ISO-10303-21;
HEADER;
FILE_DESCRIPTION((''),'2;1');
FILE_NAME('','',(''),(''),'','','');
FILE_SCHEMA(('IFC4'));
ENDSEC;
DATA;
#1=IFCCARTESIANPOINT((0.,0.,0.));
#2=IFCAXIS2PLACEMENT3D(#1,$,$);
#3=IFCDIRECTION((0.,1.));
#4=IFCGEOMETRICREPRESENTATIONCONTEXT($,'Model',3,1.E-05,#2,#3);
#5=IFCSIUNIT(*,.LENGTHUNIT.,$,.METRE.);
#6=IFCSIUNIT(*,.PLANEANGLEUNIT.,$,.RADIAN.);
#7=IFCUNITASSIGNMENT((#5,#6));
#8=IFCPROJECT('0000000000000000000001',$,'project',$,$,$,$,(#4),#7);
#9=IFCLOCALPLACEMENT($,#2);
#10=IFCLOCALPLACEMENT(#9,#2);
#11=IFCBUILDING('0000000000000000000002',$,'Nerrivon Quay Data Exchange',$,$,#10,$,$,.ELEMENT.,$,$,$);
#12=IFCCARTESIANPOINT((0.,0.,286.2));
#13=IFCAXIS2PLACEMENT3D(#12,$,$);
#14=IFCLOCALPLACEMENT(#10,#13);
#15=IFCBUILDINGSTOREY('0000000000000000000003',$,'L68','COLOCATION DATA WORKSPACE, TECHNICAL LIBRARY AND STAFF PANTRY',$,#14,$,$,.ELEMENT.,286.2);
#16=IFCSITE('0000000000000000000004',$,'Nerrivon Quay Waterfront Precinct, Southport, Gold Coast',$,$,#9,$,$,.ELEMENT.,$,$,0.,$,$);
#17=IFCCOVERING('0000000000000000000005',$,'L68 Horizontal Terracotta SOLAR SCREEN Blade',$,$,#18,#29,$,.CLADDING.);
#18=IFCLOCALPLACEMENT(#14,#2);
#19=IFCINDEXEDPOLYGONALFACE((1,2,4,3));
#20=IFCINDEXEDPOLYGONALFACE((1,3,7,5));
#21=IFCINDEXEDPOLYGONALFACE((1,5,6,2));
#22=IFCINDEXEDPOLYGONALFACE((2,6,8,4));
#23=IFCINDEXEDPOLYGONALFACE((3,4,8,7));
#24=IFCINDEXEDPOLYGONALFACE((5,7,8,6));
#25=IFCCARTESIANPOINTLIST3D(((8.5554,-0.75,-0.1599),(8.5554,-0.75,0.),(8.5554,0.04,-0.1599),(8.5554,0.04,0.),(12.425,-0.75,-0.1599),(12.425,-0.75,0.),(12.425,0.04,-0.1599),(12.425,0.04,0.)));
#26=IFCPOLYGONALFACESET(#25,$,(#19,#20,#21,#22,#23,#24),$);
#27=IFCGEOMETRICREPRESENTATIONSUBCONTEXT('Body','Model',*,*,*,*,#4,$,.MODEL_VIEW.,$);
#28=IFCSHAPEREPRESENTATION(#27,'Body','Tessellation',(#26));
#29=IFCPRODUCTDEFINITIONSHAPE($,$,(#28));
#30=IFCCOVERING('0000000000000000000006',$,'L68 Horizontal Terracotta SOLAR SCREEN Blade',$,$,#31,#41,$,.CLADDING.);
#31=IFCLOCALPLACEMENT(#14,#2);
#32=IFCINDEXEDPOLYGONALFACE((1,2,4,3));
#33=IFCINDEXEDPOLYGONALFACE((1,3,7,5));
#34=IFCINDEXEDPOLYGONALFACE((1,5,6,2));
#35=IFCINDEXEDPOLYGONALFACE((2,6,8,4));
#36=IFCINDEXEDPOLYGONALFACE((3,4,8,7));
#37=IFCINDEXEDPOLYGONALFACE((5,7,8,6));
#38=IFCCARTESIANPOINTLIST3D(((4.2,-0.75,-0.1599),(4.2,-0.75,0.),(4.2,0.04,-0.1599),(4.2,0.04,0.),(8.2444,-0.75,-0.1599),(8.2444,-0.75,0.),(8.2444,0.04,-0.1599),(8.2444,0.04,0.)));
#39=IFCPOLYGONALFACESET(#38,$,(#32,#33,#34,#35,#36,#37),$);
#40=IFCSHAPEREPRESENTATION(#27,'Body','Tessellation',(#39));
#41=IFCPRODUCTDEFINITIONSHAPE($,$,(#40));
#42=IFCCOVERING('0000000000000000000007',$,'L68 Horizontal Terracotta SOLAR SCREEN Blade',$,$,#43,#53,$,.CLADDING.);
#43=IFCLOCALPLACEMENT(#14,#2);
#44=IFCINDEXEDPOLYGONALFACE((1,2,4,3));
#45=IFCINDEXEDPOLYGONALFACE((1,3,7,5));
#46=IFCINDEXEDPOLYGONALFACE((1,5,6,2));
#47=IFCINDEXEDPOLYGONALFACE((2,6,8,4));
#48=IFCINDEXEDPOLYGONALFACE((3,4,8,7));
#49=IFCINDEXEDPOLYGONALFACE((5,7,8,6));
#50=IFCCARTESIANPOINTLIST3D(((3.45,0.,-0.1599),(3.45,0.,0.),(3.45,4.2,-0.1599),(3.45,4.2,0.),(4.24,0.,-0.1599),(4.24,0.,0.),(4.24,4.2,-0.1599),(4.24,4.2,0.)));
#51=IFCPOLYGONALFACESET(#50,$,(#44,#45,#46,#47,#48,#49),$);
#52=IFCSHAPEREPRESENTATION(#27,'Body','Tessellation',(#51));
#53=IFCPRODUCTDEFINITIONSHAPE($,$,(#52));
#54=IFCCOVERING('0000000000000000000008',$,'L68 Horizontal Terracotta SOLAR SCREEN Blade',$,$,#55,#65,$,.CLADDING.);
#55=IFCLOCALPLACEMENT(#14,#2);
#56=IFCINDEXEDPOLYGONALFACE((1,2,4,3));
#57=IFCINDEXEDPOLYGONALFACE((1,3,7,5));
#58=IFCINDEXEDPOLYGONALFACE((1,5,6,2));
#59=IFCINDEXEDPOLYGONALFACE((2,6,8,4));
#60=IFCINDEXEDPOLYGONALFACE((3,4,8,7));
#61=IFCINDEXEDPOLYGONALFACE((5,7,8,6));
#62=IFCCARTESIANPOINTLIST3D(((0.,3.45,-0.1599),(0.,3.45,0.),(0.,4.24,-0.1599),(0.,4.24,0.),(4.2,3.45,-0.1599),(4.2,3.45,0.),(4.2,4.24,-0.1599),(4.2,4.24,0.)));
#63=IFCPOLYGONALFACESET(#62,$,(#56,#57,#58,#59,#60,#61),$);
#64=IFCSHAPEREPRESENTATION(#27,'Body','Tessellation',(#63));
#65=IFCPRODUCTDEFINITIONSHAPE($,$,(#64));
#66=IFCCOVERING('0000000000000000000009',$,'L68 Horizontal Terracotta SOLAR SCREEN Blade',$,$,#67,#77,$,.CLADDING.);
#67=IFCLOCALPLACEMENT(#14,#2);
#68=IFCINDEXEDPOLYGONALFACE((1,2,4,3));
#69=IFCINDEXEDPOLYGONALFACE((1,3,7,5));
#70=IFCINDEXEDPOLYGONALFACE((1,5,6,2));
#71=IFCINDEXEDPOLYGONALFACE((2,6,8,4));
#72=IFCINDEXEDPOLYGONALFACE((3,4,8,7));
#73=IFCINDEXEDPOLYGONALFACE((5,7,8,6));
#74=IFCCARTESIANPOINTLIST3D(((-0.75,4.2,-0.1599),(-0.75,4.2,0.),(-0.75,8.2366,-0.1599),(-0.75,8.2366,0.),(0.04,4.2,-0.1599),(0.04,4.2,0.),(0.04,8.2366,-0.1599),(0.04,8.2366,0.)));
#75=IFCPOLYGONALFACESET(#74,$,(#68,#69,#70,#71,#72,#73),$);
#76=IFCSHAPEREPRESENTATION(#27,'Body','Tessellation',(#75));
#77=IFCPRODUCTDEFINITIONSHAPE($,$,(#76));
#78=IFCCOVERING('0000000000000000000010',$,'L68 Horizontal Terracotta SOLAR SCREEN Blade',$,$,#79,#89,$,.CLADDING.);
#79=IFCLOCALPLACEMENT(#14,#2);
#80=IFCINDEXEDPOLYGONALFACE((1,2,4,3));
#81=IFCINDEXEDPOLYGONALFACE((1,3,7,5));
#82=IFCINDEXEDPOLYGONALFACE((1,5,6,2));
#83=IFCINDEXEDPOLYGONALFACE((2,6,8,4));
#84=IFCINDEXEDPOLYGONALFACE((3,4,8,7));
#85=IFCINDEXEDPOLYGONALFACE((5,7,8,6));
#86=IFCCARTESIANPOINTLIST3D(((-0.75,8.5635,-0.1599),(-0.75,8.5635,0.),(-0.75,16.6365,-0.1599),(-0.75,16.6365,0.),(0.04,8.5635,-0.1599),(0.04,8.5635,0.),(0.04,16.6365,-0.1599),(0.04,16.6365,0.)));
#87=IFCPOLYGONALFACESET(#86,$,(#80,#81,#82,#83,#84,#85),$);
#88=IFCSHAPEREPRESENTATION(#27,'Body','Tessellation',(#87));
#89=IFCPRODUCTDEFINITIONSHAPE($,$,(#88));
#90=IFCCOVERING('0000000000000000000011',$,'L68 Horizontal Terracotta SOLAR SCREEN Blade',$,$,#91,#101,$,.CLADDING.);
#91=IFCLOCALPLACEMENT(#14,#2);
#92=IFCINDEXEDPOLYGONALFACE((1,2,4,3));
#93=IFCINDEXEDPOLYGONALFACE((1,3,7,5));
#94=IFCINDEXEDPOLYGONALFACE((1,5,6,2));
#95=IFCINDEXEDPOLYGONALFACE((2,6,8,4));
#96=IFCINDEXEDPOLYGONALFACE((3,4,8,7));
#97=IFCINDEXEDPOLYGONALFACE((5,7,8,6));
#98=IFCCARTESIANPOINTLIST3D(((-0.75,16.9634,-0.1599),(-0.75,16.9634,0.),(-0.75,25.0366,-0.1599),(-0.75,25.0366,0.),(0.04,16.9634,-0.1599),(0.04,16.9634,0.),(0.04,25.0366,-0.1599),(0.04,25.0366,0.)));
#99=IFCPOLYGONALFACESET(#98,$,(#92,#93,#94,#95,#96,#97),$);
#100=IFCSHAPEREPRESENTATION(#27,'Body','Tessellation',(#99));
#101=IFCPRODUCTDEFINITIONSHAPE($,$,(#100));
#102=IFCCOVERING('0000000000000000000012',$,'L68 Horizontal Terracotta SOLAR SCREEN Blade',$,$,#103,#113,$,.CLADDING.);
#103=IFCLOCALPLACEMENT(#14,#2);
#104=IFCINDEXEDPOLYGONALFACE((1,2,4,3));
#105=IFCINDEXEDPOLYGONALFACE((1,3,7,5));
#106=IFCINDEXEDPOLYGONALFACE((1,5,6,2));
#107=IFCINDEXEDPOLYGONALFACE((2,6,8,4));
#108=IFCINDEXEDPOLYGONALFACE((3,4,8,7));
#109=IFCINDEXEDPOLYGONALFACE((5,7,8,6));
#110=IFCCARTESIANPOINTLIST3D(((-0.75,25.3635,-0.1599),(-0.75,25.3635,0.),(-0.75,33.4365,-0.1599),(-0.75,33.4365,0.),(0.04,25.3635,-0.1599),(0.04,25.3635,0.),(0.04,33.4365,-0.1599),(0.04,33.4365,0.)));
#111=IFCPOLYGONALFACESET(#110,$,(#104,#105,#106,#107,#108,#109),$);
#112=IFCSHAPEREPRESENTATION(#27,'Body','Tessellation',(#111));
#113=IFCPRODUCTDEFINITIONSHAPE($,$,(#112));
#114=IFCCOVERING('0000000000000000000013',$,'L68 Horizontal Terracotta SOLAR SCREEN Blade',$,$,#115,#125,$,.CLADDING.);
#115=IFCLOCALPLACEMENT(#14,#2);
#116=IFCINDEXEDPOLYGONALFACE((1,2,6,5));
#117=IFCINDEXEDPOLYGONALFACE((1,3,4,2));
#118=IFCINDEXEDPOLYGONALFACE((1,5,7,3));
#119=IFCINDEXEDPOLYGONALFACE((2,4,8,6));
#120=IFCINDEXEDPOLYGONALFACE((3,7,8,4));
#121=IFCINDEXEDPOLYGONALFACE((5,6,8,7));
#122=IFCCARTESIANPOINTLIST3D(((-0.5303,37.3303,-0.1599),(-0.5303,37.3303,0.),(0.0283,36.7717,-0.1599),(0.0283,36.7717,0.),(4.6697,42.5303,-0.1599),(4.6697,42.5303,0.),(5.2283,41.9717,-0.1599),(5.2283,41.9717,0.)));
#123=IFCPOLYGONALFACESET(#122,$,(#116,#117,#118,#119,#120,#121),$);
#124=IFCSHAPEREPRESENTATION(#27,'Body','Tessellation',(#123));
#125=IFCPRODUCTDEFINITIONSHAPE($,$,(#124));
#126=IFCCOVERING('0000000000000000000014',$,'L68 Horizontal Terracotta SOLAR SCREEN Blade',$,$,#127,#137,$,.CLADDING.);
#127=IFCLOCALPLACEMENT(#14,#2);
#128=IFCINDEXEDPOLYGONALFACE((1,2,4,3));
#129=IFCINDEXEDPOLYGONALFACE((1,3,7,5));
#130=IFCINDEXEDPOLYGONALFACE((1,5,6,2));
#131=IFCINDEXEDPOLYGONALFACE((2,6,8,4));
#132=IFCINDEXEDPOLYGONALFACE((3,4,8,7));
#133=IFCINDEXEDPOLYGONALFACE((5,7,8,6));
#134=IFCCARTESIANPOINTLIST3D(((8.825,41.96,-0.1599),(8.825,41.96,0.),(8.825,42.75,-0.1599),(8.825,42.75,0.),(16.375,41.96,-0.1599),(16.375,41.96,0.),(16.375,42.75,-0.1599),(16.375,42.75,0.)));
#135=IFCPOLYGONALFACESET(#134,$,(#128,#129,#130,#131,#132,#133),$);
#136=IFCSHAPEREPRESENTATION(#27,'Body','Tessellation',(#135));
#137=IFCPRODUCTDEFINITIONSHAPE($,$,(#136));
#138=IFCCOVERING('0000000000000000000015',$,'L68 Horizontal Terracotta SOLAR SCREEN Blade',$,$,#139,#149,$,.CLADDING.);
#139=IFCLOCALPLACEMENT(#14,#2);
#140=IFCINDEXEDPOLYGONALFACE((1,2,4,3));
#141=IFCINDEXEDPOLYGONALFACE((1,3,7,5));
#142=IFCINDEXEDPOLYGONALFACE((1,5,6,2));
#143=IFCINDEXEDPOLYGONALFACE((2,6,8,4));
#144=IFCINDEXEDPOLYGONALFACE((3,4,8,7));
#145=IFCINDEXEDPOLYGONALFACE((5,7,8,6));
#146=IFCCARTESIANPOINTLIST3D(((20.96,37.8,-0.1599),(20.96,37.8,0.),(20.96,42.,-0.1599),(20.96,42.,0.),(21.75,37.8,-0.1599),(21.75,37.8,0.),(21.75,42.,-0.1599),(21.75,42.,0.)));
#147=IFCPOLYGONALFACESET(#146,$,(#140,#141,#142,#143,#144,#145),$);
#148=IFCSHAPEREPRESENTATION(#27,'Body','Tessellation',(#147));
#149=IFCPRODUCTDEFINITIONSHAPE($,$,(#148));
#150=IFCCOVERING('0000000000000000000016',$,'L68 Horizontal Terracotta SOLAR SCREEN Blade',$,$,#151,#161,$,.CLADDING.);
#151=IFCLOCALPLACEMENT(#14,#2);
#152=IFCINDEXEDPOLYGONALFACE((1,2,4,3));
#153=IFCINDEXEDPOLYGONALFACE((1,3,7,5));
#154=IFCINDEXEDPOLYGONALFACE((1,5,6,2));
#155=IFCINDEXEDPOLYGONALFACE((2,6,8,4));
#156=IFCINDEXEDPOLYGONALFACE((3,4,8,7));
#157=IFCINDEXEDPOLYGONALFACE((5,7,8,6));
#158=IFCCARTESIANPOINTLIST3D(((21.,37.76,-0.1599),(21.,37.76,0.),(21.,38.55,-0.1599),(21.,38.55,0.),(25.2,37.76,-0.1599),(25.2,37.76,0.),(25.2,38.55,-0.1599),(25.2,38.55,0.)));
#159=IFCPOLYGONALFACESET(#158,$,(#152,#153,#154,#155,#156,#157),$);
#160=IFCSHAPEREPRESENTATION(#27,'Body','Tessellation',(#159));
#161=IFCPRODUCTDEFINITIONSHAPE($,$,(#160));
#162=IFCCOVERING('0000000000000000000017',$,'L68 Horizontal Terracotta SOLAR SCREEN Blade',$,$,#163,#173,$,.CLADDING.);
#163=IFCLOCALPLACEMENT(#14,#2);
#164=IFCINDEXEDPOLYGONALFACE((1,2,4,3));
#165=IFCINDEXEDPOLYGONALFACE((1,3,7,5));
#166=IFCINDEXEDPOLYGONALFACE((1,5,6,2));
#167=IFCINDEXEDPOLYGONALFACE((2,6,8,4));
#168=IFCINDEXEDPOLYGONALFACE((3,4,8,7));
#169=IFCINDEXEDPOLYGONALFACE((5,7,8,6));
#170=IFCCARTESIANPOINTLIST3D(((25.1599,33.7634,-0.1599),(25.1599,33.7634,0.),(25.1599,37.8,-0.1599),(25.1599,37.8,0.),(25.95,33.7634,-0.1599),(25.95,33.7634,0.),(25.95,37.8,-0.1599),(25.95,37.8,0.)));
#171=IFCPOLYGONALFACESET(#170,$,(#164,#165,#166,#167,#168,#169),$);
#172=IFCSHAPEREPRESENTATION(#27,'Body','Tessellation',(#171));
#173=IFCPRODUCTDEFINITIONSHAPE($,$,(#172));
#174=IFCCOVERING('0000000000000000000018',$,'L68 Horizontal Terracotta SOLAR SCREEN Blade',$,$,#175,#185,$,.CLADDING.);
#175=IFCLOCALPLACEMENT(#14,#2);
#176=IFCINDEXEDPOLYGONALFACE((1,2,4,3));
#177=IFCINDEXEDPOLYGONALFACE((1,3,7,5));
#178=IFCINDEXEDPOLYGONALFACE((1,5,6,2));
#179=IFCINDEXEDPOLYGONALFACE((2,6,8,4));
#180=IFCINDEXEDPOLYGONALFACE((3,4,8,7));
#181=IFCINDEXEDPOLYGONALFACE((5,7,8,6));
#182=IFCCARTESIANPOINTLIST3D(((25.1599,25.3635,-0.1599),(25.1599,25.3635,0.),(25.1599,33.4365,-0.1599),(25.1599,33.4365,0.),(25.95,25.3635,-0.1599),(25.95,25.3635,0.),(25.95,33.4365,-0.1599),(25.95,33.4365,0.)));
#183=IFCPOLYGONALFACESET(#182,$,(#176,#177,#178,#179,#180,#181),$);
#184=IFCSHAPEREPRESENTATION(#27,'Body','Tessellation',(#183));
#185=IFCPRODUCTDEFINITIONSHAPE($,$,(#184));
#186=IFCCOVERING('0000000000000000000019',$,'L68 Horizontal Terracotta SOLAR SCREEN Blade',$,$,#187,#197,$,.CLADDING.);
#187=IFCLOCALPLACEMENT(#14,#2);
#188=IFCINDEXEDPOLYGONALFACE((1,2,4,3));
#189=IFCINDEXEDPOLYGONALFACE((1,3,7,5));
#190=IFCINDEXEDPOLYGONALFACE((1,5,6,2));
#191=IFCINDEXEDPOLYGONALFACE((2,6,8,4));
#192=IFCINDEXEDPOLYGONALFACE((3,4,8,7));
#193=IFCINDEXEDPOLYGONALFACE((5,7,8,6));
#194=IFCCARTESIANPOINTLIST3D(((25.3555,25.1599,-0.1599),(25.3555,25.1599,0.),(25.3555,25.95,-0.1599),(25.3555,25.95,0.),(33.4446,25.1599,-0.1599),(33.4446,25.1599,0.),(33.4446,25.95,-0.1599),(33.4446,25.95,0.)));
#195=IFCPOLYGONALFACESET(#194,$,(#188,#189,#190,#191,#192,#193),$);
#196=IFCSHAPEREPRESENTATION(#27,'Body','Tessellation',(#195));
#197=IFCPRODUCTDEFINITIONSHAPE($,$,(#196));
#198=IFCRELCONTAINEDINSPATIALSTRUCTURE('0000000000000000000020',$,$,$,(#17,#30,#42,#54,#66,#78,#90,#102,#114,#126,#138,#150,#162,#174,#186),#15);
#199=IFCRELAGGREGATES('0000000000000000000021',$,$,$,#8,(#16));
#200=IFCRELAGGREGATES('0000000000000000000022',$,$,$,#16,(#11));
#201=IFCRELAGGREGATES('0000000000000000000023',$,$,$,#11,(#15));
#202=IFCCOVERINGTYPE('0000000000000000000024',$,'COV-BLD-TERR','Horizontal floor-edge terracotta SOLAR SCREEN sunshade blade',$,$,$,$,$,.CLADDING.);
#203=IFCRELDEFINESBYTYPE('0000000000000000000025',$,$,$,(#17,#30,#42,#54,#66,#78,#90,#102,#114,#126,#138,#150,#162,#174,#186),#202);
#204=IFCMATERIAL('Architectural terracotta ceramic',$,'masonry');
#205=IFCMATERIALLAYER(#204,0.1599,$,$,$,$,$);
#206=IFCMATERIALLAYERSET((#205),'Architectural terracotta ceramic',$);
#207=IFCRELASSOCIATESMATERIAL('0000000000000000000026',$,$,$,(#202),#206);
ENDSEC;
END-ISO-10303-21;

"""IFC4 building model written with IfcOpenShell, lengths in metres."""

from ifc_helpers import new_model, si_unit, direction, frame, origin, place, context, subcontext, project, spatial, polyline, outline, extrude, material, layer, layer_set, type_object, element, save


model = new_model("IFC4")

# Units and contexts
model_context = context("Model", 3, precision=1e-05, world=origin(), true_north=direction((0.0, 1.0)))
body_context = subcontext(model_context, "Body", "Model", "MODEL_VIEW")
ifc_project = project(units=[si_unit("LENGTHUNIT", "METRE"), si_unit("PLANEANGLEUNIT", "RADIAN")], contexts=[model_context])

# Site, building, storey
site_placement = place(None, origin())
site = spatial("IfcSite", under=ifc_project, at=site_placement, Name="Nerrivon Quay Waterfront Precinct, Southport, Gold Coast", CompositionType="ELEMENT", RefElevation=0.0)
building_placement = place(site_placement, origin())
building = spatial("IfcBuilding", under=site, at=building_placement, Name="Nerrivon Quay Data Exchange", CompositionType="ELEMENT")
storey_placement = place(building_placement, frame((0.0, 0.0, 286.2)))
storey = spatial("IfcBuildingStorey", under=building, at=storey_placement, Name="L68", Description="COLOCATION DATA WORKSPACE, TECHNICAL LIBRARY AND STAFF PANTRY", CompositionType="ELEMENT", Elevation=286.2)

# Coverings
ifc_material_1 = material(Name="Architectural terracotta ceramic", Category="masonry")
ifc_layer_1 = layer(ifc_material_1, 0.1599)
ifc_layer_set_1 = layer_set([ifc_layer_1], Name="Architectural terracotta ceramic")
covering_type = type_object("IfcCoveringType", Name="COV-BLD-TERR", Description="Horizontal floor-edge terracotta SOLAR SCREEN sunshade blade", PredefinedType="CLADDING", material=ifc_layer_set_1)
covering_1_placement = place(storey_placement, frame((0.0, 0.0, -0.1599)))
element("IfcCovering", 1, at=covering_1_placement, inside=storey, type_object=covering_type, Name="L68 Horizontal Terracotta SOLAR SCREEN Blade", PredefinedType="CLADDING", context=body_context, shape_type="SweptSolid", body=[
    extrude(outline(polyline([(12.425, 0.04), (8.5554, 0.04), (8.5554, -0.75), (12.425, -0.75), (12.425, 0.04)])), origin(), (0.0, 0.0, 1.0), 0.1599),
])
covering_2_placement = place(storey_placement, frame((0.0, 0.0, -0.1599)))
element("IfcCovering", 2, at=covering_2_placement, inside=storey, type_object=covering_type, Name="L68 Horizontal Terracotta SOLAR SCREEN Blade", PredefinedType="CLADDING", context=body_context, shape_type="SweptSolid", body=[
    extrude(outline(polyline([(8.2444, 0.04), (4.2, 0.04), (4.2, -0.75), (8.2444, -0.75), (8.2444, 0.04)])), origin(), (0.0, 0.0, 1.0), 0.1599),
])
covering_3_placement = place(storey_placement, frame((0.0, 0.0, -0.1599)))
element("IfcCovering", 3, at=covering_3_placement, inside=storey, type_object=covering_type, Name="L68 Horizontal Terracotta SOLAR SCREEN Blade", PredefinedType="CLADDING", context=body_context, shape_type="SweptSolid", body=[
    extrude(outline(polyline([(4.24, 0.0), (4.24, 4.2), (3.45, 4.2), (3.45, 0.0), (4.24, 0.0)])), origin(), (0.0, 0.0, 1.0), 0.1599),
])
covering_4_placement = place(storey_placement, frame((0.0, 0.0, -0.1599)))
element("IfcCovering", 4, at=covering_4_placement, inside=storey, type_object=covering_type, Name="L68 Horizontal Terracotta SOLAR SCREEN Blade", PredefinedType="CLADDING", context=body_context, shape_type="SweptSolid", body=[
    extrude(outline(polyline([(4.2, 4.24), (0.0, 4.24), (0.0, 3.45), (4.2, 3.45), (4.2, 4.24)])), origin(), (0.0, 0.0, 1.0), 0.1599),
])
covering_5_placement = place(storey_placement, frame((0.0, 0.0, -0.1599)))
element("IfcCovering", 5, at=covering_5_placement, inside=storey, type_object=covering_type, Name="L68 Horizontal Terracotta SOLAR SCREEN Blade", PredefinedType="CLADDING", context=body_context, shape_type="SweptSolid", body=[
    extrude(outline(polyline([(0.04, 4.2), (0.04, 8.2366), (-0.75, 8.2366), (-0.75, 4.2), (0.04, 4.2)])), origin(), (0.0, 0.0, 1.0), 0.1599),
])
covering_6_placement = place(storey_placement, frame((0.0, 0.0, -0.1599)))
element("IfcCovering", 6, at=covering_6_placement, inside=storey, type_object=covering_type, Name="L68 Horizontal Terracotta SOLAR SCREEN Blade", PredefinedType="CLADDING", context=body_context, shape_type="SweptSolid", body=[
    extrude(outline(polyline([(0.04, 8.5635), (0.04, 16.6365), (-0.75, 16.6365), (-0.75, 8.5635), (0.04, 8.5635)])), origin(), (0.0, 0.0, 1.0), 0.1599),
])
covering_7_placement = place(storey_placement, frame((0.0, 0.0, -0.1599)))
element("IfcCovering", 7, at=covering_7_placement, inside=storey, type_object=covering_type, Name="L68 Horizontal Terracotta SOLAR SCREEN Blade", PredefinedType="CLADDING", context=body_context, shape_type="SweptSolid", body=[
    extrude(outline(polyline([(0.04, 16.9634), (0.04, 25.0366), (-0.75, 25.0366), (-0.75, 16.9634), (0.04, 16.9634)])), origin(), (0.0, 0.0, 1.0), 0.1599),
])
covering_8_placement = place(storey_placement, frame((0.0, 0.0, -0.1599)))
element("IfcCovering", 8, at=covering_8_placement, inside=storey, type_object=covering_type, Name="L68 Horizontal Terracotta SOLAR SCREEN Blade", PredefinedType="CLADDING", context=body_context, shape_type="SweptSolid", body=[
    extrude(outline(polyline([(0.04, 25.3635), (0.04, 33.4365), (-0.75, 33.4365), (-0.75, 25.3635), (0.04, 25.3635)])), origin(), (0.0, 0.0, 1.0), 0.1599),
])
covering_9_placement = place(storey_placement, frame((0.0, 0.0, -0.1599)))
element("IfcCovering", 9, at=covering_9_placement, inside=storey, type_object=covering_type, Name="L68 Horizontal Terracotta SOLAR SCREEN Blade", PredefinedType="CLADDING", context=body_context, shape_type="SweptSolid", body=[
    extrude(outline(polyline([(0.0283, 36.7717), (5.2283, 41.9717), (4.6697, 42.5303), (-0.5303, 37.3303), (0.0283, 36.7717)])), origin(), (0.0, 0.0, 1.0), 0.1599),
])
covering_10_placement = place(storey_placement, frame((0.0, 0.0, -0.1599)))
element("IfcCovering", 10, at=covering_10_placement, inside=storey, type_object=covering_type, Name="L68 Horizontal Terracotta SOLAR SCREEN Blade", PredefinedType="CLADDING", context=body_context, shape_type="SweptSolid", body=[
    extrude(outline(polyline([(8.825, 41.96), (16.375, 41.96), (16.375, 42.75), (8.825, 42.75), (8.825, 41.96)])), origin(), (0.0, 0.0, 1.0), 0.1599),
])
covering_11_placement = place(storey_placement, frame((0.0, 0.0, -0.1599)))
element("IfcCovering", 11, at=covering_11_placement, inside=storey, type_object=covering_type, Name="L68 Horizontal Terracotta SOLAR SCREEN Blade", PredefinedType="CLADDING", context=body_context, shape_type="SweptSolid", body=[
    extrude(outline(polyline([(20.96, 42.0), (20.96, 37.8), (21.75, 37.8), (21.75, 42.0), (20.96, 42.0)])), origin(), (0.0, 0.0, 1.0), 0.1599),
])
covering_12_placement = place(storey_placement, frame((0.0, 0.0, -0.1599)))
element("IfcCovering", 12, at=covering_12_placement, inside=storey, type_object=covering_type, Name="L68 Horizontal Terracotta SOLAR SCREEN Blade", PredefinedType="CLADDING", context=body_context, shape_type="SweptSolid", body=[
    extrude(outline(polyline([(21.0, 37.76), (25.2, 37.76), (25.2, 38.55), (21.0, 38.55), (21.0, 37.76)])), origin(), (0.0, 0.0, 1.0), 0.1599),
])
covering_13_placement = place(storey_placement, frame((0.0, 0.0, -0.1599)))
element("IfcCovering", 13, at=covering_13_placement, inside=storey, type_object=covering_type, Name="L68 Horizontal Terracotta SOLAR SCREEN Blade", PredefinedType="CLADDING", context=body_context, shape_type="SweptSolid", body=[
    extrude(outline(polyline([(25.1599, 37.8), (25.1599, 33.7634), (25.95, 33.7634), (25.95, 37.8), (25.1599, 37.8)])), origin(), (0.0, 0.0, 1.0), 0.1599),
])
covering_14_placement = place(storey_placement, frame((0.0, 0.0, -0.1599)))
element("IfcCovering", 14, at=covering_14_placement, inside=storey, type_object=covering_type, Name="L68 Horizontal Terracotta SOLAR SCREEN Blade", PredefinedType="CLADDING", context=body_context, shape_type="SweptSolid", body=[
    extrude(outline(polyline([(25.1599, 33.4365), (25.1599, 25.3635), (25.95, 25.3635), (25.95, 33.4365), (25.1599, 33.4365)])), origin(), (0.0, 0.0, 1.0), 0.1599),
])
covering_15_placement = place(storey_placement, frame((0.0, 0.0, -0.1599)))
element("IfcCovering", 15, at=covering_15_placement, inside=storey, type_object=covering_type, Name="L68 Horizontal Terracotta SOLAR SCREEN Blade", PredefinedType="CLADDING", context=body_context, shape_type="SweptSolid", body=[
    extrude(outline(polyline([(25.3555, 25.1599), (33.4446, 25.1599), (33.4446, 25.95), (25.3555, 25.95), (25.3555, 25.1599)])), origin(), (0.0, 0.0, 1.0), 0.1599),
])

save(model, "model.ifc")
